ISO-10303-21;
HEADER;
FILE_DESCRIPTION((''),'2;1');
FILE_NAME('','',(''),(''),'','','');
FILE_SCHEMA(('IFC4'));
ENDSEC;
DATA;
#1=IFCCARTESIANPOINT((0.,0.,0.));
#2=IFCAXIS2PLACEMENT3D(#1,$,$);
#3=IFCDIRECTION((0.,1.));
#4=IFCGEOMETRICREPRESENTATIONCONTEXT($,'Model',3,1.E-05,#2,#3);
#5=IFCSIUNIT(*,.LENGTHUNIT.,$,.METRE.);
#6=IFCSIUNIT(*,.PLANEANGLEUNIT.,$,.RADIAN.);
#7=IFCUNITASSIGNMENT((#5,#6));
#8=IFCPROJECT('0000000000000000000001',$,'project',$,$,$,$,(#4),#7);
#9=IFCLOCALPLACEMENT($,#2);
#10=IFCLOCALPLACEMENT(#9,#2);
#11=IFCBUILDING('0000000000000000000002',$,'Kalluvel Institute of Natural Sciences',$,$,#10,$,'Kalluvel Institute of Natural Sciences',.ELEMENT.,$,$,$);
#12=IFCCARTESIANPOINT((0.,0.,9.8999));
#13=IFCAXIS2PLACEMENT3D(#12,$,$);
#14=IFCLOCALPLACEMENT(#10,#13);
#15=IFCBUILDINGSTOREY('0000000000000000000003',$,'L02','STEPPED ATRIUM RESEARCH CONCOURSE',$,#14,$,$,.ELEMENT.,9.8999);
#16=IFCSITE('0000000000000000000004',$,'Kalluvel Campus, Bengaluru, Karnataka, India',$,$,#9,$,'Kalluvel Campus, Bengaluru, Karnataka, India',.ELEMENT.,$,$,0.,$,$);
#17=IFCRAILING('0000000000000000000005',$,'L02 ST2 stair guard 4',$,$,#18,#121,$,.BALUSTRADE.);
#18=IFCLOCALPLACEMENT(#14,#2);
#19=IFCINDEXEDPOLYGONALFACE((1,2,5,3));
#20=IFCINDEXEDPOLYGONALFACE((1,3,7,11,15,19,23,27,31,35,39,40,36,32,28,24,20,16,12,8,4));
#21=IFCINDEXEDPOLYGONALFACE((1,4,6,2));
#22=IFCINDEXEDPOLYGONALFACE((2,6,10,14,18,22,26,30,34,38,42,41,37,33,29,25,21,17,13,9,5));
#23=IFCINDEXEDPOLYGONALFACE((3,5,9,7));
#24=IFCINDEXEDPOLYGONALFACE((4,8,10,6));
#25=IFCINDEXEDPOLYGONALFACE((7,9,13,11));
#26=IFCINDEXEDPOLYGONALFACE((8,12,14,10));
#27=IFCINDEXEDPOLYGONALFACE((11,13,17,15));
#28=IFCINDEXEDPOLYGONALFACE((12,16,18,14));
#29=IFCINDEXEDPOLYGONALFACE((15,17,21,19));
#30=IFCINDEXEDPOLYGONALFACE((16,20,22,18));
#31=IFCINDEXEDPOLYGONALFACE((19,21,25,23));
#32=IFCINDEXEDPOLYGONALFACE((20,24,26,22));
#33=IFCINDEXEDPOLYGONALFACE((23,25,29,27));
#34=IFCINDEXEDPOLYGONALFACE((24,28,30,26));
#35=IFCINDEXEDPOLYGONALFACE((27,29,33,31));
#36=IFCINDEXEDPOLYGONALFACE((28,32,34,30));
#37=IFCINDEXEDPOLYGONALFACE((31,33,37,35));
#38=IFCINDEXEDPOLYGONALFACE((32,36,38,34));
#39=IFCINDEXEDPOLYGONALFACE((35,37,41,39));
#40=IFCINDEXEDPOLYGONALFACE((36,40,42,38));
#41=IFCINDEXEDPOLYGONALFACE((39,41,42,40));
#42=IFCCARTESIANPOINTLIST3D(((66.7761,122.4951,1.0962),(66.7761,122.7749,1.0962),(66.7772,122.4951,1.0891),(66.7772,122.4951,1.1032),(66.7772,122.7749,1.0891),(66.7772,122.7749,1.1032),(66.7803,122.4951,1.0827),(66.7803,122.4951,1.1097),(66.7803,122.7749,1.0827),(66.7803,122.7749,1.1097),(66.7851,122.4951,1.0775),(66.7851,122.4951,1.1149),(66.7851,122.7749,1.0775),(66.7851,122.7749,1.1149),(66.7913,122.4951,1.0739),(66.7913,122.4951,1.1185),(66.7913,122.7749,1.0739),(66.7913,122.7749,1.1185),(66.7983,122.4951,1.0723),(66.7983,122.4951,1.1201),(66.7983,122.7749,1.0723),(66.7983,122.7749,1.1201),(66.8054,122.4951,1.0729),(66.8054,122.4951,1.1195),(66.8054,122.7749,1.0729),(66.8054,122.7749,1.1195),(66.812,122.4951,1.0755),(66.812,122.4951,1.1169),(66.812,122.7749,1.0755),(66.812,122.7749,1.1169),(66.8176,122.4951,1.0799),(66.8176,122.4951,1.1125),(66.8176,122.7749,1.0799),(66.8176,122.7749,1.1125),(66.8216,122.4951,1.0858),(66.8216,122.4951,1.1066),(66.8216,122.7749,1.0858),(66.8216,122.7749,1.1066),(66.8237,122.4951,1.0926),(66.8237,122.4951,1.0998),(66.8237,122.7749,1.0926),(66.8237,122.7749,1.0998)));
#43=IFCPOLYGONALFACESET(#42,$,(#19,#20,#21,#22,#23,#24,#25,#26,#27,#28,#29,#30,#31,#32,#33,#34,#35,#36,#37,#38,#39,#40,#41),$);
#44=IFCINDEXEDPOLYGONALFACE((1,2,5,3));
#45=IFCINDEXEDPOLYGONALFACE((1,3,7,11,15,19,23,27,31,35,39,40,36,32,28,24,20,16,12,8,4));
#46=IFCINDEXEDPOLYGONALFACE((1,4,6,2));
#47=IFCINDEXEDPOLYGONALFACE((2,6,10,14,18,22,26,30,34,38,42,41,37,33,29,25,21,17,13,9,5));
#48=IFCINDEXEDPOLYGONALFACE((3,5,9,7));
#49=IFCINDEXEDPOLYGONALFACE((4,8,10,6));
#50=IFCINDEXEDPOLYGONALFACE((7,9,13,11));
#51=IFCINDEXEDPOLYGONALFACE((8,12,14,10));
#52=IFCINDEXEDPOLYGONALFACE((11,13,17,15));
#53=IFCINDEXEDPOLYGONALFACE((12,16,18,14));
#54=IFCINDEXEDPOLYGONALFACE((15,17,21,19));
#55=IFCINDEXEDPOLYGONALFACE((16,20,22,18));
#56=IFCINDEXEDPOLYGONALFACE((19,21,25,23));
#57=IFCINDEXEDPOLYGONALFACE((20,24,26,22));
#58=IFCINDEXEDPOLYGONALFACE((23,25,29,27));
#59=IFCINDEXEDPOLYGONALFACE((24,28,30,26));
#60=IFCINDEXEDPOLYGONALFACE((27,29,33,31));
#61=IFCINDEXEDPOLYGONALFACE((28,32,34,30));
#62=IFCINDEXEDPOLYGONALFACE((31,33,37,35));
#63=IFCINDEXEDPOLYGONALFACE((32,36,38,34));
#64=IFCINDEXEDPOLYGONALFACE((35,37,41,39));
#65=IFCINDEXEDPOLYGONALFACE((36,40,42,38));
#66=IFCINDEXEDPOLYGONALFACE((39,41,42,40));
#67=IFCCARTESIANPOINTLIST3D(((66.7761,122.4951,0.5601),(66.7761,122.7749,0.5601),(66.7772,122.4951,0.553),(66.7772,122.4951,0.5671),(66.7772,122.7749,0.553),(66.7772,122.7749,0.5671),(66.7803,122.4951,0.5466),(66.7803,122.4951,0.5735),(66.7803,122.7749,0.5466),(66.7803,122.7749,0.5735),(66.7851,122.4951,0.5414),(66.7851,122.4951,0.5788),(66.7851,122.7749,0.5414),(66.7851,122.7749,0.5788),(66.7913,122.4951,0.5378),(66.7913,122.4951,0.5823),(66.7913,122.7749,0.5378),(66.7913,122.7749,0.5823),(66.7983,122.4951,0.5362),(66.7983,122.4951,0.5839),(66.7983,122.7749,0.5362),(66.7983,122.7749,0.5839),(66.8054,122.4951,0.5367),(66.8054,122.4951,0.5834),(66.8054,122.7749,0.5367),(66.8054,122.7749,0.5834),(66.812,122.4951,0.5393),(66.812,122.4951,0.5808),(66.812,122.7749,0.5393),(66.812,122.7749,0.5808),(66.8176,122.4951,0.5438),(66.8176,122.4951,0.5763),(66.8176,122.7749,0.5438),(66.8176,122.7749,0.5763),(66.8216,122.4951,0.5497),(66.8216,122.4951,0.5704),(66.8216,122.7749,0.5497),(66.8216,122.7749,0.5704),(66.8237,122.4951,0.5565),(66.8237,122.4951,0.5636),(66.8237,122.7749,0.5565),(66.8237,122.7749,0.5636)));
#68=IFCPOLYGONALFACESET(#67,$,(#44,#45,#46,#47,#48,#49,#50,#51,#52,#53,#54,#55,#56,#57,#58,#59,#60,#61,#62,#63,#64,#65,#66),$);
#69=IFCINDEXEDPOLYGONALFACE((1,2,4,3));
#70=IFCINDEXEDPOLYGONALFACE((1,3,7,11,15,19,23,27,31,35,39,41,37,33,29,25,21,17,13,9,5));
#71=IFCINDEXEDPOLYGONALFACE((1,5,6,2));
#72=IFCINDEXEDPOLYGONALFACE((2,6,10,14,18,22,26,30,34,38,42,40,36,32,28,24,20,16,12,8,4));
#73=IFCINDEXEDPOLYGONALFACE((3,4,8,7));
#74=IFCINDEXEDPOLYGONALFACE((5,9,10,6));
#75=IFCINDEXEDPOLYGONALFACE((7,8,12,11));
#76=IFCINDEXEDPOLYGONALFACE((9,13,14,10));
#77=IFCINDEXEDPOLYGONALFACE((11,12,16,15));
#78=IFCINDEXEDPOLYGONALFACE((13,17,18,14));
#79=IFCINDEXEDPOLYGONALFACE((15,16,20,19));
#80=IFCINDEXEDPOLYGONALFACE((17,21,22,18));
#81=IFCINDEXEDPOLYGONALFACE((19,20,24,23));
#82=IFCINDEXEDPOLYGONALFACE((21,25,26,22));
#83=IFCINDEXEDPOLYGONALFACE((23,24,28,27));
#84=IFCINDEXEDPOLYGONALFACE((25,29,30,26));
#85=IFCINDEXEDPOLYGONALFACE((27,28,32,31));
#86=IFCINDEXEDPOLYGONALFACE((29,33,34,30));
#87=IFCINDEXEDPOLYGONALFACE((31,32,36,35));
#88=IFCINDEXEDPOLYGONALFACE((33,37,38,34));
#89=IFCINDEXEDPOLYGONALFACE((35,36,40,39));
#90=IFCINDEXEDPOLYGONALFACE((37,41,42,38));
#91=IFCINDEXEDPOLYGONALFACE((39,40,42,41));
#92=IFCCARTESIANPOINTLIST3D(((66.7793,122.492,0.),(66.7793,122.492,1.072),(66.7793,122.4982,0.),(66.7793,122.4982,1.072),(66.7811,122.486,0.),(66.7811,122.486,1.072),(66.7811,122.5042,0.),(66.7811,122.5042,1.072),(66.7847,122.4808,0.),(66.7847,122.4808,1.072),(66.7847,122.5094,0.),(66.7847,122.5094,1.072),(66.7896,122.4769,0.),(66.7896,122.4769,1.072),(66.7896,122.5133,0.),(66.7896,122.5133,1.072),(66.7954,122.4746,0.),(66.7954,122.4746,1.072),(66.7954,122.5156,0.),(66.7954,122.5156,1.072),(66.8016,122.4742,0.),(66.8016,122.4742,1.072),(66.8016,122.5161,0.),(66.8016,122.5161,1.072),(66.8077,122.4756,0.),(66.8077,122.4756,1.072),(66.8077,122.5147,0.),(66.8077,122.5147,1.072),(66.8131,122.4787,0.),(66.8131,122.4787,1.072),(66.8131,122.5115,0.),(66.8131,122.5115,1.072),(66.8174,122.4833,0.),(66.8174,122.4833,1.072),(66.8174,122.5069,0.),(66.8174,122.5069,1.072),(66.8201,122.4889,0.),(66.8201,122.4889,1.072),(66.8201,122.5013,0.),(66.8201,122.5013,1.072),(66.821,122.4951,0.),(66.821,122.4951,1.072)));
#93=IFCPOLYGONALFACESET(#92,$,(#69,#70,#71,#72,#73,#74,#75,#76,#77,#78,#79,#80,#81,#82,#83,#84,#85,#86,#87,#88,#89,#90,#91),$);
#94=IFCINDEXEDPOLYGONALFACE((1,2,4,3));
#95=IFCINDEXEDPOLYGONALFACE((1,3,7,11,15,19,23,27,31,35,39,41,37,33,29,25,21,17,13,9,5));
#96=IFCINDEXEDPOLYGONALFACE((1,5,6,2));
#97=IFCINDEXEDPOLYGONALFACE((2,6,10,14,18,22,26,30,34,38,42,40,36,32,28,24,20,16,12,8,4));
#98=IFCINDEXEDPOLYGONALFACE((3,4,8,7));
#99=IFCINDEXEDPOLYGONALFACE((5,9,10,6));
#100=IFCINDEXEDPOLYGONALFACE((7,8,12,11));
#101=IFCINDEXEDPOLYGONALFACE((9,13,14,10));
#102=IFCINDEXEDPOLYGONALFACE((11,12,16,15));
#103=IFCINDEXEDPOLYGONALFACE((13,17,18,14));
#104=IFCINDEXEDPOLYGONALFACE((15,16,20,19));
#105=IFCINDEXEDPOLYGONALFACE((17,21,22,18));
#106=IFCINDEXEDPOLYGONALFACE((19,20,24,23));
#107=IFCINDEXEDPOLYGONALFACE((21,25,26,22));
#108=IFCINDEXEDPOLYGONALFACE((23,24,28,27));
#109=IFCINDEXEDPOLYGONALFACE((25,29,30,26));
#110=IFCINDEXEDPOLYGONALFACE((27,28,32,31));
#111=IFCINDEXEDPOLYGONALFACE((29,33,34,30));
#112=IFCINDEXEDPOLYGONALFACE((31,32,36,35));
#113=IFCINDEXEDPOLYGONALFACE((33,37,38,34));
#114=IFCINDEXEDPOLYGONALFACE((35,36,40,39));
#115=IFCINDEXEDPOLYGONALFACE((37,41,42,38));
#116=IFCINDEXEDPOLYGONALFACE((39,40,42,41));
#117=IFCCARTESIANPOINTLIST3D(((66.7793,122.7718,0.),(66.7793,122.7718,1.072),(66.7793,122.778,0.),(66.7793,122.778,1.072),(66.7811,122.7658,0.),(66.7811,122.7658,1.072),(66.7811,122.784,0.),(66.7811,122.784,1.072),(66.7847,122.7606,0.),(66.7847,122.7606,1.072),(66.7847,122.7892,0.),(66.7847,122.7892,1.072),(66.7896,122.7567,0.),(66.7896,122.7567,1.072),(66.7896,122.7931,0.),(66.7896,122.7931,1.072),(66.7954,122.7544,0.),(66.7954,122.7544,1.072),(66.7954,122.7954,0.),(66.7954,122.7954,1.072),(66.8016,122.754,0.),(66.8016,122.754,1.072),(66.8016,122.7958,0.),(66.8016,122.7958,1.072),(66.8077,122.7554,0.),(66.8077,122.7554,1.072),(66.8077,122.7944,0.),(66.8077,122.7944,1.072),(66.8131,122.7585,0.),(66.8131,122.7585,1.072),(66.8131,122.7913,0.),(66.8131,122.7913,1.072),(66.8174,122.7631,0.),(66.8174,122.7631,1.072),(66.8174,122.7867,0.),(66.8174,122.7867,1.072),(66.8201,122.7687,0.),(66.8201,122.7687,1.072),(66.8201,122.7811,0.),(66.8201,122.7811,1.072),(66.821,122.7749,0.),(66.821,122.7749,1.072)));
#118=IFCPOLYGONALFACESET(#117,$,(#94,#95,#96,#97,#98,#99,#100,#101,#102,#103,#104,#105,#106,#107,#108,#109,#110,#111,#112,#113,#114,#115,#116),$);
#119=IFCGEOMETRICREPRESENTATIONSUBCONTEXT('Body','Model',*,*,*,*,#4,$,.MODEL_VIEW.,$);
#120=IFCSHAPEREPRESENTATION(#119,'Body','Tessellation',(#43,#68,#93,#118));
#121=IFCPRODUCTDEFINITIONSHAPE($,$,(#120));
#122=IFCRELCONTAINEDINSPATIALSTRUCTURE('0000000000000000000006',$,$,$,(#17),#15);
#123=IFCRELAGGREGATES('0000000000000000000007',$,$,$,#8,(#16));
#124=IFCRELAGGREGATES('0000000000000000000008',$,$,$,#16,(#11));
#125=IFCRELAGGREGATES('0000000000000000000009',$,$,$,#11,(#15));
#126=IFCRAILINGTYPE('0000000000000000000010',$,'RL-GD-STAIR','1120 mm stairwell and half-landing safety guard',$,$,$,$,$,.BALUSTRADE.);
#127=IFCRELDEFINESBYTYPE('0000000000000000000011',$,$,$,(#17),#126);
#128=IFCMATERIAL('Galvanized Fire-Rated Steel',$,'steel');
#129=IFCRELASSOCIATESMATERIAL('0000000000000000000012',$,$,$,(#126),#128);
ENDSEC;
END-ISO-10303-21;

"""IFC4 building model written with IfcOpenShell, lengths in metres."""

from ifc_helpers import new_model, si_unit, direction, frame, origin, origin_2d, place, context, subcontext, project, spatial, circle, extrude, material, type_object, element, save


model = new_model("IFC4")

# Units and contexts
model_context = context("Model", 3, precision=1e-05, world=origin(), true_north=direction((0.0, 1.0)))
body_context = subcontext(model_context, "Body", "Model", "MODEL_VIEW")
ifc_project = project(units=[si_unit("LENGTHUNIT", "METRE"), si_unit("PLANEANGLEUNIT", "RADIAN")], contexts=[model_context])

# Site, building, storey
site_placement = place(None, origin())
site = spatial("IfcSite", under=ifc_project, at=site_placement, Name="Kalluvel Campus, Bengaluru, Karnataka, India", LongName="Kalluvel Campus, Bengaluru, Karnataka, India", CompositionType="ELEMENT", RefElevation=0.0)
building_placement = place(site_placement, origin())
building = spatial("IfcBuilding", under=site, at=building_placement, Name="Kalluvel Institute of Natural Sciences", LongName="Kalluvel Institute of Natural Sciences", CompositionType="ELEMENT")
storey_placement = place(building_placement, frame((0.0, 0.0, 9.8999)))
storey = spatial("IfcBuildingStorey", under=building, at=storey_placement, Name="L02", Description="STEPPED ATRIUM RESEARCH CONCOURSE", CompositionType="ELEMENT", Elevation=9.8999)

# Shared definitions
ifc_material_1 = material(Name="Galvanized Fire-Rated Steel", Category="steel")

# Railing
railing_type_1 = type_object("IfcRailingType", Name="RL-GD-STAIR", Description="1120 mm stairwell and half-landing safety guard", PredefinedType="BALUSTRADE", material=ifc_material_1)
railing_1_placement = place(storey_placement, frame((66.8, 122.4951, 0.0)))
element("IfcRailing", 1, at=railing_1_placement, inside=storey, type_object=railing_type_1, Name="L02 ST2 stair guard 4", PredefinedType="BALUSTRADE", context=body_context, shape_type="SweptSolid", body=[
    extrude(circle(Radius=0.0239, at=origin_2d()), frame((0.0, 0.0, 1.0962), z_axis=(0.0, 1.0, 0.0), x_axis=(-1.0, 0.0, 0.0)), (0.0, 0.0, 1.0), 0.2798),
    extrude(circle(Radius=0.0239, at=origin_2d()), frame((0.0, 0.0, 0.5601), z_axis=(0.0, 1.0, 0.0), x_axis=(-1.0, 0.0, 0.0)), (0.0, 0.0, 1.0), 0.2798),
    extrude(circle(Radius=0.021, at=origin_2d()), origin(), (0.0, 0.0, 1.0), 1.072),
    extrude(circle(Radius=0.021, at=origin_2d()), frame((0.0, 0.2798, 0.0)), (0.0, 0.0, 1.0), 1.072),
])

save(model, "model.ifc")
